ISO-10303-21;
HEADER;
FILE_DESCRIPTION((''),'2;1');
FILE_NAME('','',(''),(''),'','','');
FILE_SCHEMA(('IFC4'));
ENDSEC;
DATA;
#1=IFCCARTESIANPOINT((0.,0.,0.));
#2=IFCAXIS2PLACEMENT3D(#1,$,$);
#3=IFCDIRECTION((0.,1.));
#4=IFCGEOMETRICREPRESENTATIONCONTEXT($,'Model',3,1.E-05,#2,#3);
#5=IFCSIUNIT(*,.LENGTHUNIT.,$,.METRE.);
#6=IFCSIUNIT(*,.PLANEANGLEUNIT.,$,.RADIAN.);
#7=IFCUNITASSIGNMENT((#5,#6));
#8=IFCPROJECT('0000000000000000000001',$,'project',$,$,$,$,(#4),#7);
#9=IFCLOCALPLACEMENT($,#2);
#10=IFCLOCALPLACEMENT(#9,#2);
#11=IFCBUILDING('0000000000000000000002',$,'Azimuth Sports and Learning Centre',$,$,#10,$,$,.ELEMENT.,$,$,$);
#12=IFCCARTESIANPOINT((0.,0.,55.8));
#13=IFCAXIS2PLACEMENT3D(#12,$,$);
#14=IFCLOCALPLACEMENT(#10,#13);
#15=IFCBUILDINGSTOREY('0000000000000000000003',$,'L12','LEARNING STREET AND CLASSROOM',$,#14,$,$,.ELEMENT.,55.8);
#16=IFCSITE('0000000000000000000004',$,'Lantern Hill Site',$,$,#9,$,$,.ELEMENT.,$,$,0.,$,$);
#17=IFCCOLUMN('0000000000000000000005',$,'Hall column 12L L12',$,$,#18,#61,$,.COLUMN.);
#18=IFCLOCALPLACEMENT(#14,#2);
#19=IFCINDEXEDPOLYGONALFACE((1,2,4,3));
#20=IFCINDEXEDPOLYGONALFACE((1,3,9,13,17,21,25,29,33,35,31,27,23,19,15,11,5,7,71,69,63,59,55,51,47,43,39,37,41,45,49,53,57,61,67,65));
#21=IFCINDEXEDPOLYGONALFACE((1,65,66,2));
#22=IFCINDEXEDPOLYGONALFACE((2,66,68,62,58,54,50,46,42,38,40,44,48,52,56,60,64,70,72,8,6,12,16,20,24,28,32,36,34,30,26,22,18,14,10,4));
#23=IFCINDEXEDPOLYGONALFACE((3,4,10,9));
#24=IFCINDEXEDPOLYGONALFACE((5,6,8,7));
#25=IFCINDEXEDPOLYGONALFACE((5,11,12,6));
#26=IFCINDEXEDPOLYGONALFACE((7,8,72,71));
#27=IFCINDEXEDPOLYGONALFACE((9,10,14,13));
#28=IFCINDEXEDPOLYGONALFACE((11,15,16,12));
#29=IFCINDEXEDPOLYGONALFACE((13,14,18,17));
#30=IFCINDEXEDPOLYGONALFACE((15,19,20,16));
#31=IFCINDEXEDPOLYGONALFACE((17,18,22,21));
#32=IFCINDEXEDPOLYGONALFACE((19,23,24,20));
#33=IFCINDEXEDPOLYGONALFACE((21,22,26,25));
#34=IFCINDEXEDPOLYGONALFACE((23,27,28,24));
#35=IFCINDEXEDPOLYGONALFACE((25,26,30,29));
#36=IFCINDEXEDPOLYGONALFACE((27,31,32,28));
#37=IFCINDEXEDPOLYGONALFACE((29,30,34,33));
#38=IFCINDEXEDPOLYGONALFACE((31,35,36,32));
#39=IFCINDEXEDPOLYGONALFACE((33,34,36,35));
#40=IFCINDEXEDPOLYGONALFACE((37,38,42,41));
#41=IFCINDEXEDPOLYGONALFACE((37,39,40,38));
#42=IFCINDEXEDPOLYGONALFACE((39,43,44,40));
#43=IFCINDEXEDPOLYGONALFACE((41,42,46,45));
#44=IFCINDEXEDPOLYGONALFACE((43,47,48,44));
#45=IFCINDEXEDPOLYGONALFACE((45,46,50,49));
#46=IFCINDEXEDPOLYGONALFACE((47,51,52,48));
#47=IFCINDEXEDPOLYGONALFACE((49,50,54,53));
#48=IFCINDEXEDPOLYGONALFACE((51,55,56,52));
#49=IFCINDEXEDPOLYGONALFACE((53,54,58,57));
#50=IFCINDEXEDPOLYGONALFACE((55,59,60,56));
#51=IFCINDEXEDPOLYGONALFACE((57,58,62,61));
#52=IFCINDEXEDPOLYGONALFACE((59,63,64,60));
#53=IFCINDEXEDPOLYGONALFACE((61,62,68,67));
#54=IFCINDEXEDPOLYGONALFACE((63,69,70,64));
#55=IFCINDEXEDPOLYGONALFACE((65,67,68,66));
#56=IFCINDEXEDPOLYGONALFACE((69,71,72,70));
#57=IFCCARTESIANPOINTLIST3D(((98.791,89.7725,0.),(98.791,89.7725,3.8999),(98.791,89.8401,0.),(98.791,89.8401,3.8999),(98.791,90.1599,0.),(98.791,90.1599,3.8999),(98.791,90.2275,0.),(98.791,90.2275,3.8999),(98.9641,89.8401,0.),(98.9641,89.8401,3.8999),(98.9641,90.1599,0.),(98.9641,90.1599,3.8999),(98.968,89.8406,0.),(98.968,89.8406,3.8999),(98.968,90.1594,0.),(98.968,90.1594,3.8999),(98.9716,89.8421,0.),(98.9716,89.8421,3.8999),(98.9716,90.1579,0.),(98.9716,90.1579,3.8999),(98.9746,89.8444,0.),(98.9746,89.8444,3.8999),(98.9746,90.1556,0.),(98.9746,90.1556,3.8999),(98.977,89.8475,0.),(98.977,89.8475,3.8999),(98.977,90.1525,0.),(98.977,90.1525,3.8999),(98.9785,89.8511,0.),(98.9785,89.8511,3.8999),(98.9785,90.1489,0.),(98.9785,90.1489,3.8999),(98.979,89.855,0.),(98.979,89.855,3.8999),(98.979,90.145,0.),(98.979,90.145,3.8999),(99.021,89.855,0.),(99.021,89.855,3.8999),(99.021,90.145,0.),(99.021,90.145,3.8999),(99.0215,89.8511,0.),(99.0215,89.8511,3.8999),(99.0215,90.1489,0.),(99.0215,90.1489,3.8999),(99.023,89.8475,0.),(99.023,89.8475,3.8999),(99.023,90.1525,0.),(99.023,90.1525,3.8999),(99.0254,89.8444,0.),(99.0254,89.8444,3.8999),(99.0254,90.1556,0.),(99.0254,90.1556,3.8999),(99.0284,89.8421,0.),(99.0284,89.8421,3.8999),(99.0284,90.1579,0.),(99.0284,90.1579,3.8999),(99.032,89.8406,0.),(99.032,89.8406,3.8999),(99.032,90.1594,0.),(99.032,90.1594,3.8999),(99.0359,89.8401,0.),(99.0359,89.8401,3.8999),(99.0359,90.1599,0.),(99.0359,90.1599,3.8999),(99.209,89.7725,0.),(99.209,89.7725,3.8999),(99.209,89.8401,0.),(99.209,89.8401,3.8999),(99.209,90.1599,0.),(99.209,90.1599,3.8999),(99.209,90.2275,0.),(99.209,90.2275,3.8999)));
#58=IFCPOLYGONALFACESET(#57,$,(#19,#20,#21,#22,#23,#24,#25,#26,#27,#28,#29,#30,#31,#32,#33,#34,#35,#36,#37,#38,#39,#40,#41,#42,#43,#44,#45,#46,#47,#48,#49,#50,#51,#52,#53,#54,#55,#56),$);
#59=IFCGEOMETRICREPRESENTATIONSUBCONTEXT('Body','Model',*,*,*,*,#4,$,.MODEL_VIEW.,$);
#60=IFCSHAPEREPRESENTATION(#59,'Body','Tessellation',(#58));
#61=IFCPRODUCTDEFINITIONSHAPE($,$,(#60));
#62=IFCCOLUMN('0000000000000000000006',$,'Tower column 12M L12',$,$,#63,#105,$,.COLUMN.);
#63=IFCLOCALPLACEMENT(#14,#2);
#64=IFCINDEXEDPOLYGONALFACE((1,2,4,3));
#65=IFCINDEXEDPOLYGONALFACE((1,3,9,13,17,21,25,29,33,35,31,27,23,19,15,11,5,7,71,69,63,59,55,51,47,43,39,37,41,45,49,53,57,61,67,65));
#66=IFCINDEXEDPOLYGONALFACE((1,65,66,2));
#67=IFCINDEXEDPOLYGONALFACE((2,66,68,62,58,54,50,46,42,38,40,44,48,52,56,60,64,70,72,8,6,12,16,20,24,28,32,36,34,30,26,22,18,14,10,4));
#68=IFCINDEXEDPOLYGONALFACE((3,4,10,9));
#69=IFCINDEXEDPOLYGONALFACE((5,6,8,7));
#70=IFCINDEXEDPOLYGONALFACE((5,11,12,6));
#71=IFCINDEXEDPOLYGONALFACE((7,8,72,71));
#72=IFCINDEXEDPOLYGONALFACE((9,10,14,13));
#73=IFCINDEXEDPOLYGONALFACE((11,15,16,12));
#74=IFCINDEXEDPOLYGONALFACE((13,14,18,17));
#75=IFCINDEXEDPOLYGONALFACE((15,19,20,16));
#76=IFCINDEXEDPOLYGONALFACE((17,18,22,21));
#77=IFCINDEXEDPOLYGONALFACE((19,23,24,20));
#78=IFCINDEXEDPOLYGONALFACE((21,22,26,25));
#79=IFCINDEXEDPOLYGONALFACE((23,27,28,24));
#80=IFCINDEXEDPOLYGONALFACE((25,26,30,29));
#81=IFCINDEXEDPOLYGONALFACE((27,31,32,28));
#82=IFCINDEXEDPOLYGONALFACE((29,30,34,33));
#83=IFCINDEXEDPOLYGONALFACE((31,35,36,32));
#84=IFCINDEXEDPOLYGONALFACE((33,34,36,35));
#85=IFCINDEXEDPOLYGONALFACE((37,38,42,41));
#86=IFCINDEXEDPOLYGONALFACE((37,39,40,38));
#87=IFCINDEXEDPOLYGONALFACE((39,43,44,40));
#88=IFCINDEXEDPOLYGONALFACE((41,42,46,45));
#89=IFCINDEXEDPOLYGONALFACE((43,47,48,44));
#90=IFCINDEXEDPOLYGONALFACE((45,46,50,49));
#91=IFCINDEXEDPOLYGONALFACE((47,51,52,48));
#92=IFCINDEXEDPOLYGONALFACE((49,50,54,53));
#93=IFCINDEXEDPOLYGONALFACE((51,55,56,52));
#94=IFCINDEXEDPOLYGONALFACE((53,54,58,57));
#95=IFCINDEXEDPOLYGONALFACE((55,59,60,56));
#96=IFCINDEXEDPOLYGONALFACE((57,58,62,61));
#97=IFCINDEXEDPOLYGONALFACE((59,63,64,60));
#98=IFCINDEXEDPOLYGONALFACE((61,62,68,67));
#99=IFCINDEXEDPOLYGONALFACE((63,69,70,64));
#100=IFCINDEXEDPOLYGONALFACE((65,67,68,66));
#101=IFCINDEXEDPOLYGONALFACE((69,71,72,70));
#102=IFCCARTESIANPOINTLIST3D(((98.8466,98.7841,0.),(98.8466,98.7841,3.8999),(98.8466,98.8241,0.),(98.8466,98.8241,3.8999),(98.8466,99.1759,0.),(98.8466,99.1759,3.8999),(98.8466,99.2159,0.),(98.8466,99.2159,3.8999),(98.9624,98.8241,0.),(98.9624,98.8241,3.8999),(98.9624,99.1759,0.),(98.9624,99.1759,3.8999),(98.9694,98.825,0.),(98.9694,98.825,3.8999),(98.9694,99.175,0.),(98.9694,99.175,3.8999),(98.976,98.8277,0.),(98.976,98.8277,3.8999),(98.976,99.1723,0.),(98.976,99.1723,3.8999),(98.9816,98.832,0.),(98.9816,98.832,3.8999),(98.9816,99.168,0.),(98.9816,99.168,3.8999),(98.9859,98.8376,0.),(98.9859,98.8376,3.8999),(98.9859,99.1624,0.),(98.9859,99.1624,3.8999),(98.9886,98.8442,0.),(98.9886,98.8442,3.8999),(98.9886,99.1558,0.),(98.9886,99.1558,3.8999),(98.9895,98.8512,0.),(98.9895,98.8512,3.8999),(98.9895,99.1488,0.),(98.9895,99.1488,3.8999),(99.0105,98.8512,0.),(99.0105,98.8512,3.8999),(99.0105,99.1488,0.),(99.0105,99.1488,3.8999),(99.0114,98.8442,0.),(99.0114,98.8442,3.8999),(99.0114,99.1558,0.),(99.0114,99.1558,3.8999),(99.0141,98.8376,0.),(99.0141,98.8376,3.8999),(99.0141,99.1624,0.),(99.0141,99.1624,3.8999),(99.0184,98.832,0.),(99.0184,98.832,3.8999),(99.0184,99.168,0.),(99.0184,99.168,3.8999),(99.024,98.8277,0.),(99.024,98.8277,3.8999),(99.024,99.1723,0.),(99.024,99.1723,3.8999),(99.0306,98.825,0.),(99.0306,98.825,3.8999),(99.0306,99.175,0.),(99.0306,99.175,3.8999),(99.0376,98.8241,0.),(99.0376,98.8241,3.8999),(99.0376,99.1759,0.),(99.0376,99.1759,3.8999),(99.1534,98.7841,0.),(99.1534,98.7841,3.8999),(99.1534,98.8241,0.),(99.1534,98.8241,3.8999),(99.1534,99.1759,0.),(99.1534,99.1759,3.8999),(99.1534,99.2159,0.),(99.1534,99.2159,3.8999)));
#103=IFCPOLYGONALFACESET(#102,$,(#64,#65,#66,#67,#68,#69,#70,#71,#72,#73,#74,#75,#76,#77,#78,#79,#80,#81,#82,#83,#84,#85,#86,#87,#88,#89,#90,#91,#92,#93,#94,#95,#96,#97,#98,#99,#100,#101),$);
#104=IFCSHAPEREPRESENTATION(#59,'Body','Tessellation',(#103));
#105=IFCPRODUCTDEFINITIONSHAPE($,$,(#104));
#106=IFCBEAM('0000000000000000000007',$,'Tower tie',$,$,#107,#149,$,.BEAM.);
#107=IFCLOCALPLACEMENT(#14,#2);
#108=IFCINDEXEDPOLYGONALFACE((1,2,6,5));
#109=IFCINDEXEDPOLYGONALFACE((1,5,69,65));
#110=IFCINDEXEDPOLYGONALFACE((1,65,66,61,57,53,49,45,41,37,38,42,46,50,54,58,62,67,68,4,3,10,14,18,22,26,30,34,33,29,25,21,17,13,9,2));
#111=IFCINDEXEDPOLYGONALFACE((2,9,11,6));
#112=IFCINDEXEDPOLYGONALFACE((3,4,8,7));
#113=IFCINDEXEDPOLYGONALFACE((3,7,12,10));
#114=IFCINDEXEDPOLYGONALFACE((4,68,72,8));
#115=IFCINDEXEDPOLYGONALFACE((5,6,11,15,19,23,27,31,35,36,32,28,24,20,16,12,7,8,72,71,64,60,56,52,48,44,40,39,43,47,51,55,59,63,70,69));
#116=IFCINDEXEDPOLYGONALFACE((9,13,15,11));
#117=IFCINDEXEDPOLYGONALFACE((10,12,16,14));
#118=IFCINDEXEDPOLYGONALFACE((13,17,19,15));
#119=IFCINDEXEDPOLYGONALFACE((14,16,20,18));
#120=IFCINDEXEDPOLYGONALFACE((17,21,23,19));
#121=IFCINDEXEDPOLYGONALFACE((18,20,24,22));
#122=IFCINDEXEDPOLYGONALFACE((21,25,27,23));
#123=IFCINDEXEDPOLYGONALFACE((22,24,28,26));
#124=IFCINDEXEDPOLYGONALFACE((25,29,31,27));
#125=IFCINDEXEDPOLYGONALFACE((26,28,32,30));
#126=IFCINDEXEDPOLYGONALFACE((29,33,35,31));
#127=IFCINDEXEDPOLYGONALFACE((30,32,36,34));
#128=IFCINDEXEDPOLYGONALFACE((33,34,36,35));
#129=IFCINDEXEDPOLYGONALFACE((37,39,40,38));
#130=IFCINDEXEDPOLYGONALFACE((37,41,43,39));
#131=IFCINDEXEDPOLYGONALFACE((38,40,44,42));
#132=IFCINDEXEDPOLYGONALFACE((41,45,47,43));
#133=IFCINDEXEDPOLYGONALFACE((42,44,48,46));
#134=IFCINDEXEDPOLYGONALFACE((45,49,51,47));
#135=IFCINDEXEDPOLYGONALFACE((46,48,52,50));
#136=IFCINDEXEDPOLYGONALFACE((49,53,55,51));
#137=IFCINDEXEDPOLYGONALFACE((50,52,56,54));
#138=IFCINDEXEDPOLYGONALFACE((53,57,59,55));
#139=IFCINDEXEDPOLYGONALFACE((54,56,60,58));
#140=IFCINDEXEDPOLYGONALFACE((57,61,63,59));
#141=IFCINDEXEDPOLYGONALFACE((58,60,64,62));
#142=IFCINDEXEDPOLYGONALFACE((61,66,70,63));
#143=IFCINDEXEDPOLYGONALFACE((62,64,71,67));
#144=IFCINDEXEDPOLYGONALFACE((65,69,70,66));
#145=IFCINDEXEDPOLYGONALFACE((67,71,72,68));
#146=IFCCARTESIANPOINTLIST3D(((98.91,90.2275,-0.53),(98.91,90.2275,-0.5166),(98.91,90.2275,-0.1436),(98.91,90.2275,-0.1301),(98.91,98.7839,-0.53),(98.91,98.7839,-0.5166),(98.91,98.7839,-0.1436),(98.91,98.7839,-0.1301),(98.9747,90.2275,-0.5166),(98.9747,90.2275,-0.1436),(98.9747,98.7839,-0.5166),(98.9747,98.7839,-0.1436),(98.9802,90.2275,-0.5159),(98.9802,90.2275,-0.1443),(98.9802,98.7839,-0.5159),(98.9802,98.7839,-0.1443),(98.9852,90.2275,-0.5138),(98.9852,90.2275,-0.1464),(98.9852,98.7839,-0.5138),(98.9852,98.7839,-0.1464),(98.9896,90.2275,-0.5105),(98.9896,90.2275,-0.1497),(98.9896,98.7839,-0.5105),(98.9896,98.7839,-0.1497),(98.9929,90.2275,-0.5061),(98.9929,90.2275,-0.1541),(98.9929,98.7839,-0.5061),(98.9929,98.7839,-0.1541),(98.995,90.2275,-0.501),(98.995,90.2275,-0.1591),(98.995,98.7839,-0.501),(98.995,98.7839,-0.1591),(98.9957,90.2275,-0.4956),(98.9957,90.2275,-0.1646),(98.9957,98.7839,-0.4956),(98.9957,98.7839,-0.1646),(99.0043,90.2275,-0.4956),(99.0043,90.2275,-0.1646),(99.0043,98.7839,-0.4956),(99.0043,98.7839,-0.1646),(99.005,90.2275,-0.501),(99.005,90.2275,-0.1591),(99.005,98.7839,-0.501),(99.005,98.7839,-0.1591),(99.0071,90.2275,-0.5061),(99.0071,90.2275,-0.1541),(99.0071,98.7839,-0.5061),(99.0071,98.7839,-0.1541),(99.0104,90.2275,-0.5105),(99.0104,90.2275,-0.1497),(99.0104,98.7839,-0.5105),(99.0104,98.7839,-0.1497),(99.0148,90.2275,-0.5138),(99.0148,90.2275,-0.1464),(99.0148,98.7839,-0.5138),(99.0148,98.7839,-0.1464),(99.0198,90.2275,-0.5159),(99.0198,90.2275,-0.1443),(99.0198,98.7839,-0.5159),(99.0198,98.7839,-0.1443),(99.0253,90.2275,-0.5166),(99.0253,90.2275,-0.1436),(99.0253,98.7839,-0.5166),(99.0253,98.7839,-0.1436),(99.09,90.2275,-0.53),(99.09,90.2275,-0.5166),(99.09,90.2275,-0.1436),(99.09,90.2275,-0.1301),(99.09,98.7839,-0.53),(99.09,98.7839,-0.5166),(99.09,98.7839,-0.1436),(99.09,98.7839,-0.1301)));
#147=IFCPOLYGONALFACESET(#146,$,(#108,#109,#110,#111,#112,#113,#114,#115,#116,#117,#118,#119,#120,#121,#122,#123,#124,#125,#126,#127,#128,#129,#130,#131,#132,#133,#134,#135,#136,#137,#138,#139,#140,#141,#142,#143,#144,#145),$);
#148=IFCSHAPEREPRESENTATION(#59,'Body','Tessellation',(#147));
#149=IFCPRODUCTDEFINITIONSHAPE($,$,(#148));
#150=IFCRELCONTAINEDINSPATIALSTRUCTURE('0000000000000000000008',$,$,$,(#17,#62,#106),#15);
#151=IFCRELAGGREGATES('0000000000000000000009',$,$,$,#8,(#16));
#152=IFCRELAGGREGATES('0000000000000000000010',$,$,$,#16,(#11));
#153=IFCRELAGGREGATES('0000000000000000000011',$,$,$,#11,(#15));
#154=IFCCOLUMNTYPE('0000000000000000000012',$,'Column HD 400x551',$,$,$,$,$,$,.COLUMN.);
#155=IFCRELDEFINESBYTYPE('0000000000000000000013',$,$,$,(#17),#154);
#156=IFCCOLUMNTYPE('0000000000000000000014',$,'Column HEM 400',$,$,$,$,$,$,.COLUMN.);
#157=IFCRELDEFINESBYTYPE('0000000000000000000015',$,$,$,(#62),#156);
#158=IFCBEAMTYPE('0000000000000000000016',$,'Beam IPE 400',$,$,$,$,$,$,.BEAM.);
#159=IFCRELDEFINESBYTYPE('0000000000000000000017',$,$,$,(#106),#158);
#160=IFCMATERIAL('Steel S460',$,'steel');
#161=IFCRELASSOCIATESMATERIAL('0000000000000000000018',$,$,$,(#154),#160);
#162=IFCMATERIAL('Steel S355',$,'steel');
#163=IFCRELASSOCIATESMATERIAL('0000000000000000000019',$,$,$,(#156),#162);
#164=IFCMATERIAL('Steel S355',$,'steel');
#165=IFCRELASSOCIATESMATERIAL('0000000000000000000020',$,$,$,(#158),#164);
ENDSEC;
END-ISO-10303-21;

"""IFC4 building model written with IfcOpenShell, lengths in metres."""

from ifc_helpers import new_model, si_unit, direction, frame, origin, origin_2d, place, context, subcontext, project, spatial, i_section, extrude, material, material_profile, profile_set, type_object, element, save


model = new_model("IFC4")

# Units and contexts
model_context = context("Model", 3, precision=1e-05, world=origin(), true_north=direction((0.0, 1.0)))
body_context = subcontext(model_context, "Body", "Model", "MODEL_VIEW")
ifc_project = project(units=[si_unit("LENGTHUNIT", "METRE"), si_unit("PLANEANGLEUNIT", "RADIAN")], contexts=[model_context])

# Site, building, storey
site_placement = place(None, origin())
site = spatial("IfcSite", under=ifc_project, at=site_placement, Name="Lantern Hill Site", CompositionType="ELEMENT", RefElevation=0.0)
building_placement = place(site_placement, origin())
building = spatial("IfcBuilding", under=site, at=building_placement, Name="Azimuth Sports and Learning Centre", CompositionType="ELEMENT")
storey_placement = place(building_placement, frame((0.0, 0.0, 55.8)))
storey = spatial("IfcBuildingStorey", under=building, at=storey_placement, Name="L12", Description="LEARNING STREET AND CLASSROOM", CompositionType="ELEMENT", Elevation=55.8)

# Columns
ifc_material_1 = material(Name="Steel S460", Category="steel")
ifc_material_profile_1 = material_profile(ifc_material_1, i_section(OverallWidth=0.418, OverallDepth=0.4551, WebThickness=0.042, FlangeThickness=0.0676, FilletRadius=0.0149, at=origin_2d()), Name="HD 400x551")
ifc_profile_set_1 = profile_set([ifc_material_profile_1], Name="Steel S460")
column_type_1 = type_object("IfcColumnType", Name="Column HD 400x551", PredefinedType="COLUMN", material=ifc_profile_set_1)
column_1_placement = place(storey_placement, frame((99.0, 90.0, 0.0), z_axis=(0.0, 0.0, 1.0), x_axis=(1.0, 0.0, 0.0)))
element("IfcColumn", 1, at=column_1_placement, inside=storey, type_object=column_type_1, Name="Hall column 12L L12", PredefinedType="COLUMN", context=body_context, shape_type="SweptSolid", body=[
    extrude(i_section(OverallWidth=0.418, OverallDepth=0.4551, WebThickness=0.042, FlangeThickness=0.0676, FilletRadius=0.0149, at=origin_2d()), origin(), (0.0, 0.0, 1.0), 3.8999),
])
ifc_material_2 = material(Name="Steel S355", Category="steel")
ifc_material_profile_2 = material_profile(ifc_material_2, i_section(OverallWidth=0.3069, OverallDepth=0.4319, WebThickness=0.021, FlangeThickness=0.04, FilletRadius=0.0271, at=origin_2d()), Name="HEM 400")
ifc_profile_set_2 = profile_set([ifc_material_profile_2], Name="Steel S355")
column_type_2 = type_object("IfcColumnType", Name="Column HEM 400", PredefinedType="COLUMN", material=ifc_profile_set_2)
column_2_placement = place(storey_placement, frame((99.0, 99.0, 0.0), z_axis=(0.0, 0.0, 1.0), x_axis=(1.0, 0.0, 0.0)))
element("IfcColumn", 2, at=column_2_placement, inside=storey, type_object=column_type_2, Name="Tower column 12M L12", PredefinedType="COLUMN", context=body_context, shape_type="SweptSolid", body=[
    extrude(i_section(OverallWidth=0.3069, OverallDepth=0.4319, WebThickness=0.021, FlangeThickness=0.04, FilletRadius=0.0271, at=origin_2d()), origin(), (0.0, 0.0, 1.0), 3.8999),
])

# Beam
ifc_material_3 = material(Name="Steel S355", Category="steel")
ifc_material_profile_3 = material_profile(ifc_material_3, i_section(OverallWidth=0.1799, OverallDepth=0.3999, WebThickness=0.0085, FlangeThickness=0.0134, FilletRadius=0.021, at=origin_2d()), Name="IPE 400")
ifc_profile_set_3 = profile_set([ifc_material_profile_3], Name="Steel S355")
beam_type_1 = type_object("IfcBeamType", Name="Beam IPE 400", PredefinedType="BEAM", material=ifc_profile_set_3)
beam_1_placement = place(storey_placement, frame((99.0, 90.2275, -0.3301), z_axis=(0.0, 1.0, 0.0), x_axis=(-1.0, 0.0, 0.0)))
element("IfcBeam", 3, at=beam_1_placement, inside=storey, type_object=beam_type_1, Name="Tower tie", PredefinedType="BEAM", context=body_context, shape_type="SweptSolid", body=[
    extrude(i_section(OverallWidth=0.1799, OverallDepth=0.3999, WebThickness=0.0085, FlangeThickness=0.0134, FilletRadius=0.021, at=origin_2d()), origin(), (0.0, 0.0, 1.0), 8.5564),
])

save(model, "model.ifc")
